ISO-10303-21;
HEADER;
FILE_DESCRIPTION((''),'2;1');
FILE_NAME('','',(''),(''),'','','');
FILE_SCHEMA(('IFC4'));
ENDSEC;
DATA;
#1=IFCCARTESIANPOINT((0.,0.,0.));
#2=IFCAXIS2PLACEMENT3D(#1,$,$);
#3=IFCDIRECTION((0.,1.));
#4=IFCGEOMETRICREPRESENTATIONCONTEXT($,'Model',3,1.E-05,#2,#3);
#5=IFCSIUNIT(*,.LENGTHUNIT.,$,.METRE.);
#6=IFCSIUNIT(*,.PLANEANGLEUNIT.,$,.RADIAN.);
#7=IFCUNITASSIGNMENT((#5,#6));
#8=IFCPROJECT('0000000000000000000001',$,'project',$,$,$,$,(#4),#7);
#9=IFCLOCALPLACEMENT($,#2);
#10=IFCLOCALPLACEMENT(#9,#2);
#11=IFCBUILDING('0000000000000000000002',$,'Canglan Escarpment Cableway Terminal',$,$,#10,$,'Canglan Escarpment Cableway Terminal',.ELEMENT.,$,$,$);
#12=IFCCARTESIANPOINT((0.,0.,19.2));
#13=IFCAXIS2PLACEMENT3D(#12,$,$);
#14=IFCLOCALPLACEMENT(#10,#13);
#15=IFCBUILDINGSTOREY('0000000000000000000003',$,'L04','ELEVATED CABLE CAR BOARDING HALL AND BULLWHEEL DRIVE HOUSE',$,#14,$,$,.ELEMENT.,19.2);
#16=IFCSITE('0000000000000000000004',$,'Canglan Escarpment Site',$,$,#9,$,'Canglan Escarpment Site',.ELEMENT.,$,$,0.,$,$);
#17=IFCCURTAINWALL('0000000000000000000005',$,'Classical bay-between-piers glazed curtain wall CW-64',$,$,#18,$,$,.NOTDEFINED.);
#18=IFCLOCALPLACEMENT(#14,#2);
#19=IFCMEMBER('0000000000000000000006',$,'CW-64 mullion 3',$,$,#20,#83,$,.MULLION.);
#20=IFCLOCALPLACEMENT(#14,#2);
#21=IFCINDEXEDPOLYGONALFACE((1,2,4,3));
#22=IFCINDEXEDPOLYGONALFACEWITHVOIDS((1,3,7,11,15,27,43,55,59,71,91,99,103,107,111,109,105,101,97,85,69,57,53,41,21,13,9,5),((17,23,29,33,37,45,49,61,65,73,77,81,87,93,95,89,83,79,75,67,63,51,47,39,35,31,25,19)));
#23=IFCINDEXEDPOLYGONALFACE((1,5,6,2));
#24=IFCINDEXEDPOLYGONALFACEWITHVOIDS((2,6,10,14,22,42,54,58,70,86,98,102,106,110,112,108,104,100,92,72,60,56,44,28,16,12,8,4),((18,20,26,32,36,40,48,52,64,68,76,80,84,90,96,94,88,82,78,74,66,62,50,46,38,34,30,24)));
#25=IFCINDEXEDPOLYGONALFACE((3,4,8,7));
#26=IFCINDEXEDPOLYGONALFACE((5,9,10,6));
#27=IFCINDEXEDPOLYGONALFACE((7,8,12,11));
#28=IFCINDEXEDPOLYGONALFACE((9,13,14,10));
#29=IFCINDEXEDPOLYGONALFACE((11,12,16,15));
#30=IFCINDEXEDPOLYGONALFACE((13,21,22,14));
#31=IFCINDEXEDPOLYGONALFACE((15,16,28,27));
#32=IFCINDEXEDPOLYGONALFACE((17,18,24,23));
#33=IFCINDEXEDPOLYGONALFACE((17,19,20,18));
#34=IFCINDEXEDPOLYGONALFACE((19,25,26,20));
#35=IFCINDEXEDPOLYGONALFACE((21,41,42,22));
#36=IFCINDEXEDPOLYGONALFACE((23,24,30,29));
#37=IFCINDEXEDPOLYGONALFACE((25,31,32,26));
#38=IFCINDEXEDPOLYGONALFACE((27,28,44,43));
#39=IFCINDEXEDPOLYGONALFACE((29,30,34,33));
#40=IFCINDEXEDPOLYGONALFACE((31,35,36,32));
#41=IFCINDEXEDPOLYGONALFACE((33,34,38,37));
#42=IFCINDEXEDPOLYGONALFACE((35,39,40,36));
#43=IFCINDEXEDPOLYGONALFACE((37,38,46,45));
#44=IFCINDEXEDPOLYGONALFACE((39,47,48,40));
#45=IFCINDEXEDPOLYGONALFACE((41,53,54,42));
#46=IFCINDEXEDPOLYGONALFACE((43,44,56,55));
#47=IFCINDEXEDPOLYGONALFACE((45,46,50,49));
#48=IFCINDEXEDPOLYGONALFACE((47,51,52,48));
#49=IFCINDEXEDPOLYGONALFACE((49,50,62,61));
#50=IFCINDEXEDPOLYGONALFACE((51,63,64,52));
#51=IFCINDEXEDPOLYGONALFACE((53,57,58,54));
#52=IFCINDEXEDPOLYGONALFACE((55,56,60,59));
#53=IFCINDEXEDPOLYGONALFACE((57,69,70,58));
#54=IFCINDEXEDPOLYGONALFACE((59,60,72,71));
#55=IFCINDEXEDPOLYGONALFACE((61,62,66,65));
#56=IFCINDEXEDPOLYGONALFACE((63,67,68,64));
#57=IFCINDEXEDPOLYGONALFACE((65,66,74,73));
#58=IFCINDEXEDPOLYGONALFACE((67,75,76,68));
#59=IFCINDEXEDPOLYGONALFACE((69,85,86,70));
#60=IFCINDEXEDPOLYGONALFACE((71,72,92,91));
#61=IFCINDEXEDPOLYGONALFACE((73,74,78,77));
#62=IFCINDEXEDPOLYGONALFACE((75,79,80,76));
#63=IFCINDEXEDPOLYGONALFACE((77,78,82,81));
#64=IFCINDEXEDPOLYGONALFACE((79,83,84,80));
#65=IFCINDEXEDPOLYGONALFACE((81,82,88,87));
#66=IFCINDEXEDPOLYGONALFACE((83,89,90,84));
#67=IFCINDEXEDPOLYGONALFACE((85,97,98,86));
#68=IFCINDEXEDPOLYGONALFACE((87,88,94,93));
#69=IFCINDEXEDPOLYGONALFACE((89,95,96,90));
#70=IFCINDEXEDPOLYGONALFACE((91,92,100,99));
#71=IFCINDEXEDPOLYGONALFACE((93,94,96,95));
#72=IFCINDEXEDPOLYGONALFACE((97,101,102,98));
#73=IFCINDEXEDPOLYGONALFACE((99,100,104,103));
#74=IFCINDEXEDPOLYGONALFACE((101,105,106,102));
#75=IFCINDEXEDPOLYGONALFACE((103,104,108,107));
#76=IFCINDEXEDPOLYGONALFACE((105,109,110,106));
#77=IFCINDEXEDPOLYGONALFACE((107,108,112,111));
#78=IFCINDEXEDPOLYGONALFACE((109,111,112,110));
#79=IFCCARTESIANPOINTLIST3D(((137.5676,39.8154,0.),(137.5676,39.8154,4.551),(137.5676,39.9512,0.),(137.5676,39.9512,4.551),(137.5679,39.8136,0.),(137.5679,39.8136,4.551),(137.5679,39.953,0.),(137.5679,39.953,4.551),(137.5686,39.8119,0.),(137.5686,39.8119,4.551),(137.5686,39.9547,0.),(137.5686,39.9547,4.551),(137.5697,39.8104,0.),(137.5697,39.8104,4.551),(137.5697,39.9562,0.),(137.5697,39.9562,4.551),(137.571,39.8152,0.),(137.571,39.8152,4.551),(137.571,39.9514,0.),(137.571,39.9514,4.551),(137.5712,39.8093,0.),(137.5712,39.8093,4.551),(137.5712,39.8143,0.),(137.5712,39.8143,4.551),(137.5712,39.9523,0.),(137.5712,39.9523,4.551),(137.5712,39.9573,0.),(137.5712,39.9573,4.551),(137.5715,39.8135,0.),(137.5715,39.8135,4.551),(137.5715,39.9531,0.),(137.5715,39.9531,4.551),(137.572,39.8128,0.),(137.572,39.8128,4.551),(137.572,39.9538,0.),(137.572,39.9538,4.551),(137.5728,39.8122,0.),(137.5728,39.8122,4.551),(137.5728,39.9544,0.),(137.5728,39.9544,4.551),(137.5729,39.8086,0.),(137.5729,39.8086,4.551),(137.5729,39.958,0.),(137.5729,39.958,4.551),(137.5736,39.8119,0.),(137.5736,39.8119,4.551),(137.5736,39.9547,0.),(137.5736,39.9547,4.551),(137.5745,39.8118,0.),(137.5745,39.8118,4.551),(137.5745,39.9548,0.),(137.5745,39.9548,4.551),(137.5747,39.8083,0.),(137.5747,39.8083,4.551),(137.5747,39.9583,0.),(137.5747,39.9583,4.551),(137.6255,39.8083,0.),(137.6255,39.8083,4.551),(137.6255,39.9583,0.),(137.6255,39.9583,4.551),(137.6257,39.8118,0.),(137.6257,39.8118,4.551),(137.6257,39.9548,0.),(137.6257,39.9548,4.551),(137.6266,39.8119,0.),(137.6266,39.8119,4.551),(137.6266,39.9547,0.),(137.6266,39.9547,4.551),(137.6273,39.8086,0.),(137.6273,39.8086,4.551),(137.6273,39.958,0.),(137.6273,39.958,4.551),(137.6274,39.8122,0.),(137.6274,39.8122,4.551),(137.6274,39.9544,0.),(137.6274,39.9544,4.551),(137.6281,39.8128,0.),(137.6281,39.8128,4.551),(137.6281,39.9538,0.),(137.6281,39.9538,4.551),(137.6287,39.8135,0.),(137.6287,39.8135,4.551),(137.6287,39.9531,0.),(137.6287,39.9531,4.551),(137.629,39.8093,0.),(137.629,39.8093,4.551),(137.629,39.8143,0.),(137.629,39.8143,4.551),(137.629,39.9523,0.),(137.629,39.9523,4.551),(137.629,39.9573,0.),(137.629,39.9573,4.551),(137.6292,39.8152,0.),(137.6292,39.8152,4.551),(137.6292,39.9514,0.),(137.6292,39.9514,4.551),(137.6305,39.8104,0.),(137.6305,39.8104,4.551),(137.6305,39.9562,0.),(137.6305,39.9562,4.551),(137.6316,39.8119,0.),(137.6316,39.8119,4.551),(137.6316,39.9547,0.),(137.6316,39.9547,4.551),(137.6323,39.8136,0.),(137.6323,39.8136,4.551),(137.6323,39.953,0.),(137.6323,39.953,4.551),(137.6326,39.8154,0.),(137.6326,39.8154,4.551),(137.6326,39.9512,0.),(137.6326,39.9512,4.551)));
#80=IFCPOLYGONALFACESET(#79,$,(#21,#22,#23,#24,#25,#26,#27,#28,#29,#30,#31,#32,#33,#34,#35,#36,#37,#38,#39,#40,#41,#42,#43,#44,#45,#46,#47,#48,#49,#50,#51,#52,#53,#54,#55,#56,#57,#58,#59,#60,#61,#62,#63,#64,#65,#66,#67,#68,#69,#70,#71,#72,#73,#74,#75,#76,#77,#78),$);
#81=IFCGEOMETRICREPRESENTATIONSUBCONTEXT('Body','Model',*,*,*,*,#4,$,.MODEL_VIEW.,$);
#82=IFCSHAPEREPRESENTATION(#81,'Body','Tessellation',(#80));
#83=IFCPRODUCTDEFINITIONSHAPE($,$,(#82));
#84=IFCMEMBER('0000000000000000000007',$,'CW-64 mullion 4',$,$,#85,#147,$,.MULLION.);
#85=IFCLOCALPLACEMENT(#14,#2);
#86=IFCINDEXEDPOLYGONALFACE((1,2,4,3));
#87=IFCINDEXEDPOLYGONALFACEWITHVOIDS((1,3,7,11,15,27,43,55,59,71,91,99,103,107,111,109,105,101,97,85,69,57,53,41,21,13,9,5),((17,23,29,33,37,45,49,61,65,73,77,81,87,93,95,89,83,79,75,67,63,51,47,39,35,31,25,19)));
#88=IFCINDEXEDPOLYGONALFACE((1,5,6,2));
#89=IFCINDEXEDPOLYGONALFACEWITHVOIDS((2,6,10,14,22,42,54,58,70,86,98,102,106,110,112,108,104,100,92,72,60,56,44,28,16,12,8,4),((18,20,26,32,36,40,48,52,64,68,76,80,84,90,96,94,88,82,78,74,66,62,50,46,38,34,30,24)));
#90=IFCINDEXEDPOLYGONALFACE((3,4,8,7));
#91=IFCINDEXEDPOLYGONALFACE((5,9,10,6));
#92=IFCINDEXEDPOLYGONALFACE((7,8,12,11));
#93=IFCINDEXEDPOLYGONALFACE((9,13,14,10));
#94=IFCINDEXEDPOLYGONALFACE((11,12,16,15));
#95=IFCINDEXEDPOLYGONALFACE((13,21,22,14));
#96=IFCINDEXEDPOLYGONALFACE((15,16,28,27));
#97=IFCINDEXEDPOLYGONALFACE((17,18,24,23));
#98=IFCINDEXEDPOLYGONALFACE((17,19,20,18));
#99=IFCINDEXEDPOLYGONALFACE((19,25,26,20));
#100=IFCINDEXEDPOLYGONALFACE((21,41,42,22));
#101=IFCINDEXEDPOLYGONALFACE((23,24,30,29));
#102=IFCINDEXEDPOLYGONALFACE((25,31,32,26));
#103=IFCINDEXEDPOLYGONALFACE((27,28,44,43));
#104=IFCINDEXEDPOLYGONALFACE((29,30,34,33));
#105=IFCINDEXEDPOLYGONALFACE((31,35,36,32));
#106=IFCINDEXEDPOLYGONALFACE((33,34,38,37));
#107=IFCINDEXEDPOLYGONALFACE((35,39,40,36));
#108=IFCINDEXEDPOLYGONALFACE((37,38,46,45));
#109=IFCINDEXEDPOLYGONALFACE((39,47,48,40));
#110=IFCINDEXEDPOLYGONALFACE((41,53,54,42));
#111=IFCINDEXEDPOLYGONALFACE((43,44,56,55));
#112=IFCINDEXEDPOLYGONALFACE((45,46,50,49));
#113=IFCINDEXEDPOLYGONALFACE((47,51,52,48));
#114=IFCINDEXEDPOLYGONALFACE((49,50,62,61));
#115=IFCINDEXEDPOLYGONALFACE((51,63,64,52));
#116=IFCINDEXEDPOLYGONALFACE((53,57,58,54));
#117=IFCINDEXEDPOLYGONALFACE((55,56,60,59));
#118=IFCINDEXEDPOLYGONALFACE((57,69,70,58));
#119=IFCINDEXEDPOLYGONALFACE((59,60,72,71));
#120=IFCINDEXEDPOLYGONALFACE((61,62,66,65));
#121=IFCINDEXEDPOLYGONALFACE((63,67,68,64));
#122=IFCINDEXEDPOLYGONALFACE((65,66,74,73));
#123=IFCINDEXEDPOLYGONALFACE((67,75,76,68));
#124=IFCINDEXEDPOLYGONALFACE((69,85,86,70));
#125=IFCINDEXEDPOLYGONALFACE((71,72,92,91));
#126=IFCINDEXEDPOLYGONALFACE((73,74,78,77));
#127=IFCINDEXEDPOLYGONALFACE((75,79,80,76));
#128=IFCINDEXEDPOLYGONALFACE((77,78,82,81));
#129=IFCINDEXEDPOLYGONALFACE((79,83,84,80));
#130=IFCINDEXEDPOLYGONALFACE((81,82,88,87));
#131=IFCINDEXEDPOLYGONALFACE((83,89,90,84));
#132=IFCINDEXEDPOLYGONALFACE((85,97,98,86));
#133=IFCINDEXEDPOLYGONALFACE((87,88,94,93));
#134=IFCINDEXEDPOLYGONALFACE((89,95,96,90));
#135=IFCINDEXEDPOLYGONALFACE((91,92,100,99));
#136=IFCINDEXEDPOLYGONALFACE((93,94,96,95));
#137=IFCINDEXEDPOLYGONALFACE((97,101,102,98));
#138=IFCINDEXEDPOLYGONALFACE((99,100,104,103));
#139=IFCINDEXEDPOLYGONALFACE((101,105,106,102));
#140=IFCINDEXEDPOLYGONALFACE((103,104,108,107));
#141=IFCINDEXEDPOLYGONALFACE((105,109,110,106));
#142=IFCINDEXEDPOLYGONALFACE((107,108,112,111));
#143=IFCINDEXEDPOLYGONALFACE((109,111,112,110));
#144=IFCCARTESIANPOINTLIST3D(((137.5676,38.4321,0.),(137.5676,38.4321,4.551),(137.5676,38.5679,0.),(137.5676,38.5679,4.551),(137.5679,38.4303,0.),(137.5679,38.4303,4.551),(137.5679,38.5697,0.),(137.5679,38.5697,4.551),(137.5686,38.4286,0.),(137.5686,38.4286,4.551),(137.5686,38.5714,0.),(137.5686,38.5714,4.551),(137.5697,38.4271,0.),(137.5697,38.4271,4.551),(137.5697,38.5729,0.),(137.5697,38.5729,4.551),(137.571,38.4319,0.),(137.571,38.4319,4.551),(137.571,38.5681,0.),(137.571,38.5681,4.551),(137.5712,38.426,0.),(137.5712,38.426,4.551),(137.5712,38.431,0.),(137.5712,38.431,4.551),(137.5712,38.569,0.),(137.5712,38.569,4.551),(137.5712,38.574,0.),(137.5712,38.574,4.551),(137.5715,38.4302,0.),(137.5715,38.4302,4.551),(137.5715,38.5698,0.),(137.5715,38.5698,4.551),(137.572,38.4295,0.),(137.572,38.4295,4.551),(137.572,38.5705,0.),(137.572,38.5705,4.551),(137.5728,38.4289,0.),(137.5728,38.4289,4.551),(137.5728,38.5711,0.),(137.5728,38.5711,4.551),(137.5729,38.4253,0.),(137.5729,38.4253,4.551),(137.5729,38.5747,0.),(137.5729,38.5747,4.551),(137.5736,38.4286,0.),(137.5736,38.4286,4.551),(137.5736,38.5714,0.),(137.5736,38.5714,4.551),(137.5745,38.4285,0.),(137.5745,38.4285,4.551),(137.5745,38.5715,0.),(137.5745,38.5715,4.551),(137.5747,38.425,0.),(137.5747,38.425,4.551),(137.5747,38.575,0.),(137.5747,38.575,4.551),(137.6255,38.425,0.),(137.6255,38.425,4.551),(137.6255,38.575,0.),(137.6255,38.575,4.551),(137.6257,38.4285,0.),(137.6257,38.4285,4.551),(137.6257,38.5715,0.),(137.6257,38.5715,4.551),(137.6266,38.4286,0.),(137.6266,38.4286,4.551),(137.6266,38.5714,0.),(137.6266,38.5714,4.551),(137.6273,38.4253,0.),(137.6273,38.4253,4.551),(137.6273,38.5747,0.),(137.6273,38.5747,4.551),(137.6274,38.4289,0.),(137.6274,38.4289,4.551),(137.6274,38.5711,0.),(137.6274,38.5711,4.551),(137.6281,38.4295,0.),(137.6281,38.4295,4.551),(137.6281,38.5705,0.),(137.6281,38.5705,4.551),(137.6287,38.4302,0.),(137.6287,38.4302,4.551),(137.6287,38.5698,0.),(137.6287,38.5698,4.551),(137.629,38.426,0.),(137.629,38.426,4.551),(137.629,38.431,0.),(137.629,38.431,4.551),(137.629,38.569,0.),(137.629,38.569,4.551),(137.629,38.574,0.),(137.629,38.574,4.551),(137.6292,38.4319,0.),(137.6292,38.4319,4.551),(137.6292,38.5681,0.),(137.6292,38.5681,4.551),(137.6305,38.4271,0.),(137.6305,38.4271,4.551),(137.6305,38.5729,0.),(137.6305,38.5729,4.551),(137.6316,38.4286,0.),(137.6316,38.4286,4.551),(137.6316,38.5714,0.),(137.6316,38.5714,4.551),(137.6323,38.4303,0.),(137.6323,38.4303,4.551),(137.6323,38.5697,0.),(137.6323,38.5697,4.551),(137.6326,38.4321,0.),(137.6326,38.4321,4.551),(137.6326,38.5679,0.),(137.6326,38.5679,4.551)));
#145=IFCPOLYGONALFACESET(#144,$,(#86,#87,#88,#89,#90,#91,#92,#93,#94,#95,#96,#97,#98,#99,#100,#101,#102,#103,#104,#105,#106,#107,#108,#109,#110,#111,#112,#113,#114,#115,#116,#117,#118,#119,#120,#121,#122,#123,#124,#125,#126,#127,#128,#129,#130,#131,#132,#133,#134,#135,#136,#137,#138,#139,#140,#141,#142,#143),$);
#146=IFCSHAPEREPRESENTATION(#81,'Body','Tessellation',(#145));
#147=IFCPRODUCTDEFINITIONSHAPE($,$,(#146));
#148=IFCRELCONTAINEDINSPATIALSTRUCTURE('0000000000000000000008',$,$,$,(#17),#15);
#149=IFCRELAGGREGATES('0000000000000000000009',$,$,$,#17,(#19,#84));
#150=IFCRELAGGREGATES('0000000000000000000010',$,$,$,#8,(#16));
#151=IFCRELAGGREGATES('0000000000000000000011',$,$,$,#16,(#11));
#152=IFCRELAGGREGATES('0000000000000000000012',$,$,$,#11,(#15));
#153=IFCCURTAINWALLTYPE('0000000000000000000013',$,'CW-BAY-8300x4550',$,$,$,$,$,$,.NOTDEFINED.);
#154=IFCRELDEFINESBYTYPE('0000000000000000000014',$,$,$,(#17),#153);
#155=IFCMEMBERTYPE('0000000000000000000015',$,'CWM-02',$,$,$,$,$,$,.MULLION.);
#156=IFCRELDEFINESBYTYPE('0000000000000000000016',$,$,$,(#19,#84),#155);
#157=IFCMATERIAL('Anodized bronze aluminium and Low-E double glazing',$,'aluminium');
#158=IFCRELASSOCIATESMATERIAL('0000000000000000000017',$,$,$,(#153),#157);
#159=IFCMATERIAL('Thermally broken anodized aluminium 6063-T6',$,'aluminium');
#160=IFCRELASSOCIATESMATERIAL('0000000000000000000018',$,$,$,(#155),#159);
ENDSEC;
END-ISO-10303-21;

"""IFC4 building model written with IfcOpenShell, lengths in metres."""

from ifc_helpers import new_model, si_unit, direction, frame, origin, origin_2d, place, context, subcontext, project, spatial, hollow_rectangle, extrude, material, material_profile, profile_set, type_object, element, aggregate, save


model = new_model("IFC4")

# Units and contexts
model_context = context("Model", 3, precision=1e-05, world=origin(), true_north=direction((0.0, 1.0)))
body_context = subcontext(model_context, "Body", "Model", "MODEL_VIEW")
ifc_project = project(units=[si_unit("LENGTHUNIT", "METRE"), si_unit("PLANEANGLEUNIT", "RADIAN")], contexts=[model_context])

# Site, building, storey
site_placement = place(None, origin())
site = spatial("IfcSite", under=ifc_project, at=site_placement, Name="Canglan Escarpment Site", LongName="Canglan Escarpment Site", CompositionType="ELEMENT", RefElevation=0.0)
building_placement = place(site_placement, origin())
building = spatial("IfcBuilding", under=site, at=building_placement, Name="Canglan Escarpment Cableway Terminal", LongName="Canglan Escarpment Cableway Terminal", CompositionType="ELEMENT")
storey_placement = place(building_placement, frame((0.0, 0.0, 19.2)))
storey = spatial("IfcBuildingStorey", under=building, at=storey_placement, Name="L04", Description="ELEVATED CABLE CAR BOARDING HALL AND BULLWHEEL DRIVE HOUSE", CompositionType="ELEMENT", Elevation=19.2)

# Curtain wall, members
ifc_material_1 = material(Name="Anodized bronze aluminium and Low-E double glazing", Category="aluminium")
curtain_wall_type = type_object("IfcCurtainWallType", Name="CW-BAY-8300x4550", PredefinedType="NOTDEFINED", material=ifc_material_1)
curtain_wall_placement = place(storey_placement, origin())
curtain_wall = element("IfcCurtainWall", 1, at=curtain_wall_placement, inside=storey, type_object=curtain_wall_type, Name="Classical bay-between-piers glazed curtain wall CW-64", PredefinedType="NOTDEFINED")
ifc_material_2 = material(Name="Thermally broken anodized aluminium 6063-T6", Category="aluminium")
ifc_material_profile_1 = material_profile(ifc_material_2, hollow_rectangle(XDim=0.0649, YDim=0.1499, WallThickness=0.0034, InnerFilletRadius=0.0034, OuterFilletRadius=0.0071, at=origin_2d()), Name="ALU-MULL 65x150x3.5")
ifc_profile_set_1 = profile_set([ifc_material_profile_1], Name="Thermally broken anodized aluminium 6063-T6")
member_type_1 = type_object("IfcMemberType", Name="CWM-02", PredefinedType="MULLION", material=ifc_profile_set_1)
member_1_placement = place(storey_placement, frame((137.6001, 39.8833, 0.0), z_axis=(0.0, 0.0, 1.0), x_axis=(1.0, 0.0, 0.0)))
member_1 = element("IfcMember", 2, at=member_1_placement, type_object=member_type_1, Name="CW-64 mullion 3", PredefinedType="MULLION", context=body_context, shape_type="SweptSolid", body=[
    extrude(hollow_rectangle(XDim=0.0649, YDim=0.1499, WallThickness=0.0034, InnerFilletRadius=0.0034, OuterFilletRadius=0.0071, at=origin_2d()), origin(), (0.0, 0.0, 1.0), 4.551),
])
member_2_placement = place(storey_placement, frame((137.6001, 38.5, 0.0), z_axis=(0.0, 0.0, 1.0), x_axis=(1.0, 0.0, 0.0)))
member_2 = element("IfcMember", 3, at=member_2_placement, type_object=member_type_1, Name="CW-64 mullion 4", PredefinedType="MULLION", context=body_context, shape_type="SweptSolid", body=[
    extrude(hollow_rectangle(XDim=0.0649, YDim=0.1499, WallThickness=0.0034, InnerFilletRadius=0.0034, OuterFilletRadius=0.0071, at=origin_2d()), origin(), (0.0, 0.0, 1.0), 4.551),
])
aggregate(curtain_wall, [member_1, member_2])

save(model, "model.ifc")
